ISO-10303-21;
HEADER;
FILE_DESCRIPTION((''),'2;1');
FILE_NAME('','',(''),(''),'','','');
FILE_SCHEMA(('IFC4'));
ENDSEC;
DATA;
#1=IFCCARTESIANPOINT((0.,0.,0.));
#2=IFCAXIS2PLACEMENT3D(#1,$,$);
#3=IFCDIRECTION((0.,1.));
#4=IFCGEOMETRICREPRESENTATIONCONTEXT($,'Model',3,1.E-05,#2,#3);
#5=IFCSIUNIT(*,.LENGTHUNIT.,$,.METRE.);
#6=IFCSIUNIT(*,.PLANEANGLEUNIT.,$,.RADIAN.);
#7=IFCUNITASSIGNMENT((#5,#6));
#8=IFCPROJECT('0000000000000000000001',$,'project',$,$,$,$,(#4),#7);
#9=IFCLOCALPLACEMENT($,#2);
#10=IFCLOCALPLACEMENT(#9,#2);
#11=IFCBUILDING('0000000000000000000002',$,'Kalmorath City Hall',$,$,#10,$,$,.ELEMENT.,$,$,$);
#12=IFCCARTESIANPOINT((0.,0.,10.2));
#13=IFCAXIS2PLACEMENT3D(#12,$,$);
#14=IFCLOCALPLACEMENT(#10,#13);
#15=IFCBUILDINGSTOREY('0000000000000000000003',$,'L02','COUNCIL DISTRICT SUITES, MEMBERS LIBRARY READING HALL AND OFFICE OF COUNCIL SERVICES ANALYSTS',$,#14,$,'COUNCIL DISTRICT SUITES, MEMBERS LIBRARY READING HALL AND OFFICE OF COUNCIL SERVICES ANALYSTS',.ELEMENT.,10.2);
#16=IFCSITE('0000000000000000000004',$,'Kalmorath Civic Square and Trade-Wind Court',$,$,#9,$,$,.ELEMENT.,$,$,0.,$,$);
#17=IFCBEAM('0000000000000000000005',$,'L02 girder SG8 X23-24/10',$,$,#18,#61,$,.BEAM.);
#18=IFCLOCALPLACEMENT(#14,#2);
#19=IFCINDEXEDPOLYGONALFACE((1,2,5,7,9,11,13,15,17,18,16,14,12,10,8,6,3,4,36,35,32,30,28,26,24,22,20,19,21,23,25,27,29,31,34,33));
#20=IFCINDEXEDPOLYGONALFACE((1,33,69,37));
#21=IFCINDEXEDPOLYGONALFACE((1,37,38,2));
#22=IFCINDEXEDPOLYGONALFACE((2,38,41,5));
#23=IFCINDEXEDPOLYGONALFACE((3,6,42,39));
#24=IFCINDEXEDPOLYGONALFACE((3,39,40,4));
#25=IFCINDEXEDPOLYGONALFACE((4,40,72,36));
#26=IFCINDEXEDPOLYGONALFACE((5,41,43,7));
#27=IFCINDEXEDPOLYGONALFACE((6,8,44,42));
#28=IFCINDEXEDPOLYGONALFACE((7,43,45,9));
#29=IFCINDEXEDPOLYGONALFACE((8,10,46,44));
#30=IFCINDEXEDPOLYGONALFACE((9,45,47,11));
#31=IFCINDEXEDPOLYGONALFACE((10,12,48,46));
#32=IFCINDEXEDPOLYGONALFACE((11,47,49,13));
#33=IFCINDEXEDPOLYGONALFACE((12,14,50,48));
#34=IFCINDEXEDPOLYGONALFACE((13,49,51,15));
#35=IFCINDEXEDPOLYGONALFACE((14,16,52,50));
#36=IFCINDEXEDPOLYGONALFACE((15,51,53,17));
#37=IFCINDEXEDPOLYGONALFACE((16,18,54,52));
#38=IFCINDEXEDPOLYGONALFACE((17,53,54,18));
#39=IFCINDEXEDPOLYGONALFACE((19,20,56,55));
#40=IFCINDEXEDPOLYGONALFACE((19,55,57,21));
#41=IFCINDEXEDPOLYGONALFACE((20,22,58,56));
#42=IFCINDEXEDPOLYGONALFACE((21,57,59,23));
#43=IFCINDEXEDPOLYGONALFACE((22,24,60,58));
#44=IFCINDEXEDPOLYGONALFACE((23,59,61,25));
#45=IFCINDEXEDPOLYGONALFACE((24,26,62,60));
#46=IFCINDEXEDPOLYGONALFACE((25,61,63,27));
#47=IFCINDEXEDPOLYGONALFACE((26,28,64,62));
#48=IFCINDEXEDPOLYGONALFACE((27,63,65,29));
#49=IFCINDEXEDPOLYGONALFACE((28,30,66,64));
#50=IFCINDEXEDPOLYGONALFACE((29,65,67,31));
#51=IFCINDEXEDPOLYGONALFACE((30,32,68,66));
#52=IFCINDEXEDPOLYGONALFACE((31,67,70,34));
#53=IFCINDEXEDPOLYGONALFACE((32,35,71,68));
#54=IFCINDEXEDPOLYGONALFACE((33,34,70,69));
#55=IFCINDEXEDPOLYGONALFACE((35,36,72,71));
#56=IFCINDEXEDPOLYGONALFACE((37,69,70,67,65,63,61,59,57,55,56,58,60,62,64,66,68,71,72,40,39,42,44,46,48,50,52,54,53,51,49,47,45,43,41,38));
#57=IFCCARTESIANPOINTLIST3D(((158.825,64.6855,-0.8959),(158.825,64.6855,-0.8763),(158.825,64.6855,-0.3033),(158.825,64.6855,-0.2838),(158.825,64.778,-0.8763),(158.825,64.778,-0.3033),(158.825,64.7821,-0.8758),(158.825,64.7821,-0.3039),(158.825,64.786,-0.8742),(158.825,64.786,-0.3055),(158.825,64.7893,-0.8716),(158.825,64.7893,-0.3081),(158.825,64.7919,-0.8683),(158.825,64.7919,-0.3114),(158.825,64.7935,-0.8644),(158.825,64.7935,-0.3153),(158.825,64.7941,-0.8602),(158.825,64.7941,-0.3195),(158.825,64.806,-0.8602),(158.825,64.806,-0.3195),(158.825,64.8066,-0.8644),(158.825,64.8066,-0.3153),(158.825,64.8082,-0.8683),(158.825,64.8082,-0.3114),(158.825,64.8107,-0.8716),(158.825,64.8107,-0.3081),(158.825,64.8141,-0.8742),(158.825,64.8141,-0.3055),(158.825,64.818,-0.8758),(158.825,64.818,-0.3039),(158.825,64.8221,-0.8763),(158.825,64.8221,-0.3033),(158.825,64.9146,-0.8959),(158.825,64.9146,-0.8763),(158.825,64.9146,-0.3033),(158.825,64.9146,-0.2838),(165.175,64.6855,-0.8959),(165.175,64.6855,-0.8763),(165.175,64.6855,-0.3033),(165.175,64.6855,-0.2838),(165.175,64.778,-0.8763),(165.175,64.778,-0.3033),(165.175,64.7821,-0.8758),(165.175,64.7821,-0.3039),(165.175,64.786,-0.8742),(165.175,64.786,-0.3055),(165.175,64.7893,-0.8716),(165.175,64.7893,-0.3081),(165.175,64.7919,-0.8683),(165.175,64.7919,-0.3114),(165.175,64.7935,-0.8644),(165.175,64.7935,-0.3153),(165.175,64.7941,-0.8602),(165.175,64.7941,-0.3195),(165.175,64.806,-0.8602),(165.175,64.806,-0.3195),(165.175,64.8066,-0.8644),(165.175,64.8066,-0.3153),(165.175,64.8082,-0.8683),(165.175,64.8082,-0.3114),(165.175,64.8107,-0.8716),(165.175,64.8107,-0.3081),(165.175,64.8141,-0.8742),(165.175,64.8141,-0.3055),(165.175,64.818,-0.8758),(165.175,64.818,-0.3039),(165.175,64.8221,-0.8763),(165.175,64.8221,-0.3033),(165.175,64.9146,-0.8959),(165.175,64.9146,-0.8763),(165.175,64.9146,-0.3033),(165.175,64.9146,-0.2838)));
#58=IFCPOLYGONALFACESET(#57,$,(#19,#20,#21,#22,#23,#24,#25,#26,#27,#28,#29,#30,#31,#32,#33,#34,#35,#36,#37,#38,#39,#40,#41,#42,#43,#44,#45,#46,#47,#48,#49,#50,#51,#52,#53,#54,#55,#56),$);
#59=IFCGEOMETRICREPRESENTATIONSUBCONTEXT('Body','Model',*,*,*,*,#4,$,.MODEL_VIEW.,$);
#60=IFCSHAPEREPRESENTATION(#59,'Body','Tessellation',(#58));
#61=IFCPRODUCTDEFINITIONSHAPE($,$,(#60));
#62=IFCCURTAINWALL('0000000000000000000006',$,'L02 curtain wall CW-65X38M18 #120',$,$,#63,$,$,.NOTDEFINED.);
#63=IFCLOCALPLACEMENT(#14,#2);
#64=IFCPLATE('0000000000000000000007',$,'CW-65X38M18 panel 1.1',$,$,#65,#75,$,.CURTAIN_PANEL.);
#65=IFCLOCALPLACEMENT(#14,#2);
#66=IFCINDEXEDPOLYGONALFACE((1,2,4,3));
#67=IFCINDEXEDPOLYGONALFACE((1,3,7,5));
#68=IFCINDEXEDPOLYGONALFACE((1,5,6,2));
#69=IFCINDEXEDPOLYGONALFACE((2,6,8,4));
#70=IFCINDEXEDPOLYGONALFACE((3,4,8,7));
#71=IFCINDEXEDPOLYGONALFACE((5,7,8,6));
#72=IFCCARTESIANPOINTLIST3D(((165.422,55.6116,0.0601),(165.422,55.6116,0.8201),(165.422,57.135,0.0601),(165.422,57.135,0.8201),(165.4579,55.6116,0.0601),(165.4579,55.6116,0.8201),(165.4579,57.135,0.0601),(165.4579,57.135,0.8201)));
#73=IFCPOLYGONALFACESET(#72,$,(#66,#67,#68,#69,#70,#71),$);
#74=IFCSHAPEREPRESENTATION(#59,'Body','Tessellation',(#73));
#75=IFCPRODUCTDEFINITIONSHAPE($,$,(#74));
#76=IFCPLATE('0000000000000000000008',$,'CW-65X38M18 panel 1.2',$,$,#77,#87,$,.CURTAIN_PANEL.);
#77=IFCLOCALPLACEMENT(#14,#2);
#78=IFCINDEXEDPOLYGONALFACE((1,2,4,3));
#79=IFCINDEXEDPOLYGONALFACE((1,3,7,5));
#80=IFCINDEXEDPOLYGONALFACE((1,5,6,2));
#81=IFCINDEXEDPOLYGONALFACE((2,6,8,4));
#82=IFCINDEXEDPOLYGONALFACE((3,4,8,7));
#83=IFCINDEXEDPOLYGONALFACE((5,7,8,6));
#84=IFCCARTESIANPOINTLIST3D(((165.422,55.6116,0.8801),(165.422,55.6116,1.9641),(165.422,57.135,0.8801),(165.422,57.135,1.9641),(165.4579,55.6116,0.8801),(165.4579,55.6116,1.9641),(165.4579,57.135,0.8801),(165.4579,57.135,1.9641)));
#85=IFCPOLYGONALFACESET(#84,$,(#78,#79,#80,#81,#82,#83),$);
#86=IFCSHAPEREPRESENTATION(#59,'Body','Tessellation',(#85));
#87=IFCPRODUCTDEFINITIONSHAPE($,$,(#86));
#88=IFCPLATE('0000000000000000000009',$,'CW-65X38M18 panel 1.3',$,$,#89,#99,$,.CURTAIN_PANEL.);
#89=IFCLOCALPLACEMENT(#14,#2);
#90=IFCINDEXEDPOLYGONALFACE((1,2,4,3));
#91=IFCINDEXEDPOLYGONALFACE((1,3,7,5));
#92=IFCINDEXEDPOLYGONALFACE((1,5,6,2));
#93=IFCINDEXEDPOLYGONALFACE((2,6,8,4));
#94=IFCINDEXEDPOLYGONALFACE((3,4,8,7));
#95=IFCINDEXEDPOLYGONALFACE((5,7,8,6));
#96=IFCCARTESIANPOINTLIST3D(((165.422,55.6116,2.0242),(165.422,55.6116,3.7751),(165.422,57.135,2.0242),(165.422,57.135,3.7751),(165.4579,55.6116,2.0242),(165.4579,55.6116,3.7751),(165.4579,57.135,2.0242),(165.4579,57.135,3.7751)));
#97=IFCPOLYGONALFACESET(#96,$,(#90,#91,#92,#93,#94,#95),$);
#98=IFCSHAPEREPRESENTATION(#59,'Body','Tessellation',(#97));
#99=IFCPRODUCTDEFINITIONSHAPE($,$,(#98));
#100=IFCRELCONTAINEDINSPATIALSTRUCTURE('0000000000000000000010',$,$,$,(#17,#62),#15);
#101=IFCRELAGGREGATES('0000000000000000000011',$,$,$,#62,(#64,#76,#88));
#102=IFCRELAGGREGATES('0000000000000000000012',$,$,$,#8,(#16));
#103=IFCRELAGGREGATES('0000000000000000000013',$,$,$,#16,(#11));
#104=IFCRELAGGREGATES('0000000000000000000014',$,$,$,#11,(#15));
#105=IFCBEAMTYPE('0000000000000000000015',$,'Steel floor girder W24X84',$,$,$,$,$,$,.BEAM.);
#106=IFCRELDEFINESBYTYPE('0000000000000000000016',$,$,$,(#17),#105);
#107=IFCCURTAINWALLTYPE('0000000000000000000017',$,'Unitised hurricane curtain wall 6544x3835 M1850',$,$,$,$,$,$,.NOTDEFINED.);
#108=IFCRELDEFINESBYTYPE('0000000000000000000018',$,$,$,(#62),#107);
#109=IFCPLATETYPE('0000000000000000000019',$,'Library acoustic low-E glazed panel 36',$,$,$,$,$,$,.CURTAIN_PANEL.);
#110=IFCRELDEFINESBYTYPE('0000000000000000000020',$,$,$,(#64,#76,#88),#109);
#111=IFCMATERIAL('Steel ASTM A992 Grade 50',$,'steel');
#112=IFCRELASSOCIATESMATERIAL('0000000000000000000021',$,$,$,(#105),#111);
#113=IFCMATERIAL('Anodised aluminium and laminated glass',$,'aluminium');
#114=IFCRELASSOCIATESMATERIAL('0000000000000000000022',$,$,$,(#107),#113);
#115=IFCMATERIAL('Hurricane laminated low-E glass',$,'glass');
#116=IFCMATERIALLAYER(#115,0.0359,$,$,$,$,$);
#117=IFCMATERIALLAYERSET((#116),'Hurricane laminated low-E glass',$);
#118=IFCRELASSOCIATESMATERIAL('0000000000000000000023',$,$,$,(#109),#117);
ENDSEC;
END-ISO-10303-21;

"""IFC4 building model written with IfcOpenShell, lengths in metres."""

from ifc_helpers import new_model, si_unit, direction, frame, origin, origin_2d, place, context, subcontext, project, spatial, rectangle, i_section, extrude, material, layer, layer_set, material_profile, profile_set, type_object, element, aggregate, save


model = new_model("IFC4")

# Units and contexts
model_context = context("Model", 3, precision=1e-05, world=origin(), true_north=direction((0.0, 1.0)))
body_context = subcontext(model_context, "Body", "Model", "MODEL_VIEW")
ifc_project = project(units=[si_unit("LENGTHUNIT", "METRE"), si_unit("PLANEANGLEUNIT", "RADIAN")], contexts=[model_context])

# Site, building, storey
site_placement = place(None, origin())
site = spatial("IfcSite", under=ifc_project, at=site_placement, Name="Kalmorath Civic Square and Trade-Wind Court", CompositionType="ELEMENT", RefElevation=0.0)
building_placement = place(site_placement, origin())
building = spatial("IfcBuilding", under=site, at=building_placement, Name="Kalmorath City Hall", CompositionType="ELEMENT")
storey_placement = place(building_placement, frame((0.0, 0.0, 10.2)))
storey = spatial("IfcBuildingStorey", under=building, at=storey_placement, Name="L02", Description="COUNCIL DISTRICT SUITES, MEMBERS LIBRARY READING HALL AND OFFICE OF COUNCIL SERVICES ANALYSTS", LongName="COUNCIL DISTRICT SUITES, MEMBERS LIBRARY READING HALL AND OFFICE OF COUNCIL SERVICES ANALYSTS", CompositionType="ELEMENT", Elevation=10.2)

# Beam
ifc_material_1 = material(Name="Steel ASTM A992 Grade 50", Category="steel")
ifc_material_profile_1 = material_profile(ifc_material_1, i_section(OverallWidth=0.229, OverallDepth=0.6121, WebThickness=0.012, FlangeThickness=0.0195, FilletRadius=0.0161, at=origin_2d()), Name="W24X84")
ifc_profile_set_1 = profile_set([ifc_material_profile_1], Name="Steel ASTM A992 Grade 50")
beam_type_1 = type_object("IfcBeamType", Name="Steel floor girder W24X84", PredefinedType="BEAM", material=ifc_profile_set_1)
for number, where, z_axis, x_axis, name in (
    (1, (158.825, 64.8, -0.5898), (1.0, 0.0, 0.0), (0.0, 1.0, 0.0), "L02 girder SG8 X23-24/10"),
):
    element("IfcBeam", number, at=place(storey_placement, frame(where, z_axis=z_axis, x_axis=x_axis)), inside=storey, type_object=beam_type_1, Name=name, PredefinedType="BEAM", context=body_context, shape_type="SweptSolid", body=[
        extrude(i_section(OverallWidth=0.229, OverallDepth=0.6121, WebThickness=0.012, FlangeThickness=0.0195, FilletRadius=0.0161, at=origin_2d()), origin(), (0.0, 0.0, 1.0), 6.3501),
    ])

# Curtain wall, plates
ifc_material_2 = material(Name="Anodised aluminium and laminated glass", Category="aluminium")
curtain_wall_type = type_object("IfcCurtainWallType", Name="Unitised hurricane curtain wall 6544x3835 M1850", PredefinedType="NOTDEFINED", material=ifc_material_2)
curtain_wall_placement = place(storey_placement, origin())
curtain_wall = element("IfcCurtainWall", 2, at=curtain_wall_placement, inside=storey, type_object=curtain_wall_type, Name="L02 curtain wall CW-65X38M18 #120", PredefinedType="NOTDEFINED")
ifc_material_3 = material(Name="Hurricane laminated low-E glass", Category="glass")
ifc_layer = layer(ifc_material_3, 0.0359)
ifc_layer_set = layer_set([ifc_layer], Name="Hurricane laminated low-E glass")
plate_type = type_object("IfcPlateType", Name="Library acoustic low-E glazed panel 36", PredefinedType="CURTAIN_PANEL", material=ifc_layer_set)
plate_1_placement = place(storey_placement, frame((165.4399, 56.3733, 0.0601), z_axis=(0.0, 0.0, 1.0), x_axis=(0.0, -1.0, 0.0)))
plate_1 = element("IfcPlate", 3, at=plate_1_placement, type_object=plate_type, Name="CW-65X38M18 panel 1.1", PredefinedType="CURTAIN_PANEL", context=body_context, shape_type="SweptSolid", body=[
    extrude(rectangle(XDim=1.5234, YDim=0.0359, at=origin_2d()), origin(), (0.0, 0.0, 1.0), 0.76),
])
plate_2_placement = place(storey_placement, frame((165.4399, 56.3733, 0.8801), z_axis=(0.0, 0.0, 1.0), x_axis=(0.0, -1.0, 0.0)))
plate_2 = element("IfcPlate", 4, at=plate_2_placement, type_object=plate_type, Name="CW-65X38M18 panel 1.2", PredefinedType="CURTAIN_PANEL", context=body_context, shape_type="SweptSolid", body=[
    extrude(rectangle(XDim=1.5234, YDim=0.0359, at=origin_2d()), origin(), (0.0, 0.0, 1.0), 1.084),
])
plate_3_placement = place(storey_placement, frame((165.4399, 56.3733, 2.0242), z_axis=(0.0, 0.0, 1.0), x_axis=(0.0, -1.0, 0.0)))
plate_3 = element("IfcPlate", 5, at=plate_3_placement, type_object=plate_type, Name="CW-65X38M18 panel 1.3", PredefinedType="CURTAIN_PANEL", context=body_context, shape_type="SweptSolid", body=[
    extrude(rectangle(XDim=1.5234, YDim=0.0359, at=origin_2d()), origin(), (0.0, 0.0, 1.0), 1.751),
])
aggregate(curtain_wall, [plate_1, plate_2, plate_3])

save(model, "model.ifc")
